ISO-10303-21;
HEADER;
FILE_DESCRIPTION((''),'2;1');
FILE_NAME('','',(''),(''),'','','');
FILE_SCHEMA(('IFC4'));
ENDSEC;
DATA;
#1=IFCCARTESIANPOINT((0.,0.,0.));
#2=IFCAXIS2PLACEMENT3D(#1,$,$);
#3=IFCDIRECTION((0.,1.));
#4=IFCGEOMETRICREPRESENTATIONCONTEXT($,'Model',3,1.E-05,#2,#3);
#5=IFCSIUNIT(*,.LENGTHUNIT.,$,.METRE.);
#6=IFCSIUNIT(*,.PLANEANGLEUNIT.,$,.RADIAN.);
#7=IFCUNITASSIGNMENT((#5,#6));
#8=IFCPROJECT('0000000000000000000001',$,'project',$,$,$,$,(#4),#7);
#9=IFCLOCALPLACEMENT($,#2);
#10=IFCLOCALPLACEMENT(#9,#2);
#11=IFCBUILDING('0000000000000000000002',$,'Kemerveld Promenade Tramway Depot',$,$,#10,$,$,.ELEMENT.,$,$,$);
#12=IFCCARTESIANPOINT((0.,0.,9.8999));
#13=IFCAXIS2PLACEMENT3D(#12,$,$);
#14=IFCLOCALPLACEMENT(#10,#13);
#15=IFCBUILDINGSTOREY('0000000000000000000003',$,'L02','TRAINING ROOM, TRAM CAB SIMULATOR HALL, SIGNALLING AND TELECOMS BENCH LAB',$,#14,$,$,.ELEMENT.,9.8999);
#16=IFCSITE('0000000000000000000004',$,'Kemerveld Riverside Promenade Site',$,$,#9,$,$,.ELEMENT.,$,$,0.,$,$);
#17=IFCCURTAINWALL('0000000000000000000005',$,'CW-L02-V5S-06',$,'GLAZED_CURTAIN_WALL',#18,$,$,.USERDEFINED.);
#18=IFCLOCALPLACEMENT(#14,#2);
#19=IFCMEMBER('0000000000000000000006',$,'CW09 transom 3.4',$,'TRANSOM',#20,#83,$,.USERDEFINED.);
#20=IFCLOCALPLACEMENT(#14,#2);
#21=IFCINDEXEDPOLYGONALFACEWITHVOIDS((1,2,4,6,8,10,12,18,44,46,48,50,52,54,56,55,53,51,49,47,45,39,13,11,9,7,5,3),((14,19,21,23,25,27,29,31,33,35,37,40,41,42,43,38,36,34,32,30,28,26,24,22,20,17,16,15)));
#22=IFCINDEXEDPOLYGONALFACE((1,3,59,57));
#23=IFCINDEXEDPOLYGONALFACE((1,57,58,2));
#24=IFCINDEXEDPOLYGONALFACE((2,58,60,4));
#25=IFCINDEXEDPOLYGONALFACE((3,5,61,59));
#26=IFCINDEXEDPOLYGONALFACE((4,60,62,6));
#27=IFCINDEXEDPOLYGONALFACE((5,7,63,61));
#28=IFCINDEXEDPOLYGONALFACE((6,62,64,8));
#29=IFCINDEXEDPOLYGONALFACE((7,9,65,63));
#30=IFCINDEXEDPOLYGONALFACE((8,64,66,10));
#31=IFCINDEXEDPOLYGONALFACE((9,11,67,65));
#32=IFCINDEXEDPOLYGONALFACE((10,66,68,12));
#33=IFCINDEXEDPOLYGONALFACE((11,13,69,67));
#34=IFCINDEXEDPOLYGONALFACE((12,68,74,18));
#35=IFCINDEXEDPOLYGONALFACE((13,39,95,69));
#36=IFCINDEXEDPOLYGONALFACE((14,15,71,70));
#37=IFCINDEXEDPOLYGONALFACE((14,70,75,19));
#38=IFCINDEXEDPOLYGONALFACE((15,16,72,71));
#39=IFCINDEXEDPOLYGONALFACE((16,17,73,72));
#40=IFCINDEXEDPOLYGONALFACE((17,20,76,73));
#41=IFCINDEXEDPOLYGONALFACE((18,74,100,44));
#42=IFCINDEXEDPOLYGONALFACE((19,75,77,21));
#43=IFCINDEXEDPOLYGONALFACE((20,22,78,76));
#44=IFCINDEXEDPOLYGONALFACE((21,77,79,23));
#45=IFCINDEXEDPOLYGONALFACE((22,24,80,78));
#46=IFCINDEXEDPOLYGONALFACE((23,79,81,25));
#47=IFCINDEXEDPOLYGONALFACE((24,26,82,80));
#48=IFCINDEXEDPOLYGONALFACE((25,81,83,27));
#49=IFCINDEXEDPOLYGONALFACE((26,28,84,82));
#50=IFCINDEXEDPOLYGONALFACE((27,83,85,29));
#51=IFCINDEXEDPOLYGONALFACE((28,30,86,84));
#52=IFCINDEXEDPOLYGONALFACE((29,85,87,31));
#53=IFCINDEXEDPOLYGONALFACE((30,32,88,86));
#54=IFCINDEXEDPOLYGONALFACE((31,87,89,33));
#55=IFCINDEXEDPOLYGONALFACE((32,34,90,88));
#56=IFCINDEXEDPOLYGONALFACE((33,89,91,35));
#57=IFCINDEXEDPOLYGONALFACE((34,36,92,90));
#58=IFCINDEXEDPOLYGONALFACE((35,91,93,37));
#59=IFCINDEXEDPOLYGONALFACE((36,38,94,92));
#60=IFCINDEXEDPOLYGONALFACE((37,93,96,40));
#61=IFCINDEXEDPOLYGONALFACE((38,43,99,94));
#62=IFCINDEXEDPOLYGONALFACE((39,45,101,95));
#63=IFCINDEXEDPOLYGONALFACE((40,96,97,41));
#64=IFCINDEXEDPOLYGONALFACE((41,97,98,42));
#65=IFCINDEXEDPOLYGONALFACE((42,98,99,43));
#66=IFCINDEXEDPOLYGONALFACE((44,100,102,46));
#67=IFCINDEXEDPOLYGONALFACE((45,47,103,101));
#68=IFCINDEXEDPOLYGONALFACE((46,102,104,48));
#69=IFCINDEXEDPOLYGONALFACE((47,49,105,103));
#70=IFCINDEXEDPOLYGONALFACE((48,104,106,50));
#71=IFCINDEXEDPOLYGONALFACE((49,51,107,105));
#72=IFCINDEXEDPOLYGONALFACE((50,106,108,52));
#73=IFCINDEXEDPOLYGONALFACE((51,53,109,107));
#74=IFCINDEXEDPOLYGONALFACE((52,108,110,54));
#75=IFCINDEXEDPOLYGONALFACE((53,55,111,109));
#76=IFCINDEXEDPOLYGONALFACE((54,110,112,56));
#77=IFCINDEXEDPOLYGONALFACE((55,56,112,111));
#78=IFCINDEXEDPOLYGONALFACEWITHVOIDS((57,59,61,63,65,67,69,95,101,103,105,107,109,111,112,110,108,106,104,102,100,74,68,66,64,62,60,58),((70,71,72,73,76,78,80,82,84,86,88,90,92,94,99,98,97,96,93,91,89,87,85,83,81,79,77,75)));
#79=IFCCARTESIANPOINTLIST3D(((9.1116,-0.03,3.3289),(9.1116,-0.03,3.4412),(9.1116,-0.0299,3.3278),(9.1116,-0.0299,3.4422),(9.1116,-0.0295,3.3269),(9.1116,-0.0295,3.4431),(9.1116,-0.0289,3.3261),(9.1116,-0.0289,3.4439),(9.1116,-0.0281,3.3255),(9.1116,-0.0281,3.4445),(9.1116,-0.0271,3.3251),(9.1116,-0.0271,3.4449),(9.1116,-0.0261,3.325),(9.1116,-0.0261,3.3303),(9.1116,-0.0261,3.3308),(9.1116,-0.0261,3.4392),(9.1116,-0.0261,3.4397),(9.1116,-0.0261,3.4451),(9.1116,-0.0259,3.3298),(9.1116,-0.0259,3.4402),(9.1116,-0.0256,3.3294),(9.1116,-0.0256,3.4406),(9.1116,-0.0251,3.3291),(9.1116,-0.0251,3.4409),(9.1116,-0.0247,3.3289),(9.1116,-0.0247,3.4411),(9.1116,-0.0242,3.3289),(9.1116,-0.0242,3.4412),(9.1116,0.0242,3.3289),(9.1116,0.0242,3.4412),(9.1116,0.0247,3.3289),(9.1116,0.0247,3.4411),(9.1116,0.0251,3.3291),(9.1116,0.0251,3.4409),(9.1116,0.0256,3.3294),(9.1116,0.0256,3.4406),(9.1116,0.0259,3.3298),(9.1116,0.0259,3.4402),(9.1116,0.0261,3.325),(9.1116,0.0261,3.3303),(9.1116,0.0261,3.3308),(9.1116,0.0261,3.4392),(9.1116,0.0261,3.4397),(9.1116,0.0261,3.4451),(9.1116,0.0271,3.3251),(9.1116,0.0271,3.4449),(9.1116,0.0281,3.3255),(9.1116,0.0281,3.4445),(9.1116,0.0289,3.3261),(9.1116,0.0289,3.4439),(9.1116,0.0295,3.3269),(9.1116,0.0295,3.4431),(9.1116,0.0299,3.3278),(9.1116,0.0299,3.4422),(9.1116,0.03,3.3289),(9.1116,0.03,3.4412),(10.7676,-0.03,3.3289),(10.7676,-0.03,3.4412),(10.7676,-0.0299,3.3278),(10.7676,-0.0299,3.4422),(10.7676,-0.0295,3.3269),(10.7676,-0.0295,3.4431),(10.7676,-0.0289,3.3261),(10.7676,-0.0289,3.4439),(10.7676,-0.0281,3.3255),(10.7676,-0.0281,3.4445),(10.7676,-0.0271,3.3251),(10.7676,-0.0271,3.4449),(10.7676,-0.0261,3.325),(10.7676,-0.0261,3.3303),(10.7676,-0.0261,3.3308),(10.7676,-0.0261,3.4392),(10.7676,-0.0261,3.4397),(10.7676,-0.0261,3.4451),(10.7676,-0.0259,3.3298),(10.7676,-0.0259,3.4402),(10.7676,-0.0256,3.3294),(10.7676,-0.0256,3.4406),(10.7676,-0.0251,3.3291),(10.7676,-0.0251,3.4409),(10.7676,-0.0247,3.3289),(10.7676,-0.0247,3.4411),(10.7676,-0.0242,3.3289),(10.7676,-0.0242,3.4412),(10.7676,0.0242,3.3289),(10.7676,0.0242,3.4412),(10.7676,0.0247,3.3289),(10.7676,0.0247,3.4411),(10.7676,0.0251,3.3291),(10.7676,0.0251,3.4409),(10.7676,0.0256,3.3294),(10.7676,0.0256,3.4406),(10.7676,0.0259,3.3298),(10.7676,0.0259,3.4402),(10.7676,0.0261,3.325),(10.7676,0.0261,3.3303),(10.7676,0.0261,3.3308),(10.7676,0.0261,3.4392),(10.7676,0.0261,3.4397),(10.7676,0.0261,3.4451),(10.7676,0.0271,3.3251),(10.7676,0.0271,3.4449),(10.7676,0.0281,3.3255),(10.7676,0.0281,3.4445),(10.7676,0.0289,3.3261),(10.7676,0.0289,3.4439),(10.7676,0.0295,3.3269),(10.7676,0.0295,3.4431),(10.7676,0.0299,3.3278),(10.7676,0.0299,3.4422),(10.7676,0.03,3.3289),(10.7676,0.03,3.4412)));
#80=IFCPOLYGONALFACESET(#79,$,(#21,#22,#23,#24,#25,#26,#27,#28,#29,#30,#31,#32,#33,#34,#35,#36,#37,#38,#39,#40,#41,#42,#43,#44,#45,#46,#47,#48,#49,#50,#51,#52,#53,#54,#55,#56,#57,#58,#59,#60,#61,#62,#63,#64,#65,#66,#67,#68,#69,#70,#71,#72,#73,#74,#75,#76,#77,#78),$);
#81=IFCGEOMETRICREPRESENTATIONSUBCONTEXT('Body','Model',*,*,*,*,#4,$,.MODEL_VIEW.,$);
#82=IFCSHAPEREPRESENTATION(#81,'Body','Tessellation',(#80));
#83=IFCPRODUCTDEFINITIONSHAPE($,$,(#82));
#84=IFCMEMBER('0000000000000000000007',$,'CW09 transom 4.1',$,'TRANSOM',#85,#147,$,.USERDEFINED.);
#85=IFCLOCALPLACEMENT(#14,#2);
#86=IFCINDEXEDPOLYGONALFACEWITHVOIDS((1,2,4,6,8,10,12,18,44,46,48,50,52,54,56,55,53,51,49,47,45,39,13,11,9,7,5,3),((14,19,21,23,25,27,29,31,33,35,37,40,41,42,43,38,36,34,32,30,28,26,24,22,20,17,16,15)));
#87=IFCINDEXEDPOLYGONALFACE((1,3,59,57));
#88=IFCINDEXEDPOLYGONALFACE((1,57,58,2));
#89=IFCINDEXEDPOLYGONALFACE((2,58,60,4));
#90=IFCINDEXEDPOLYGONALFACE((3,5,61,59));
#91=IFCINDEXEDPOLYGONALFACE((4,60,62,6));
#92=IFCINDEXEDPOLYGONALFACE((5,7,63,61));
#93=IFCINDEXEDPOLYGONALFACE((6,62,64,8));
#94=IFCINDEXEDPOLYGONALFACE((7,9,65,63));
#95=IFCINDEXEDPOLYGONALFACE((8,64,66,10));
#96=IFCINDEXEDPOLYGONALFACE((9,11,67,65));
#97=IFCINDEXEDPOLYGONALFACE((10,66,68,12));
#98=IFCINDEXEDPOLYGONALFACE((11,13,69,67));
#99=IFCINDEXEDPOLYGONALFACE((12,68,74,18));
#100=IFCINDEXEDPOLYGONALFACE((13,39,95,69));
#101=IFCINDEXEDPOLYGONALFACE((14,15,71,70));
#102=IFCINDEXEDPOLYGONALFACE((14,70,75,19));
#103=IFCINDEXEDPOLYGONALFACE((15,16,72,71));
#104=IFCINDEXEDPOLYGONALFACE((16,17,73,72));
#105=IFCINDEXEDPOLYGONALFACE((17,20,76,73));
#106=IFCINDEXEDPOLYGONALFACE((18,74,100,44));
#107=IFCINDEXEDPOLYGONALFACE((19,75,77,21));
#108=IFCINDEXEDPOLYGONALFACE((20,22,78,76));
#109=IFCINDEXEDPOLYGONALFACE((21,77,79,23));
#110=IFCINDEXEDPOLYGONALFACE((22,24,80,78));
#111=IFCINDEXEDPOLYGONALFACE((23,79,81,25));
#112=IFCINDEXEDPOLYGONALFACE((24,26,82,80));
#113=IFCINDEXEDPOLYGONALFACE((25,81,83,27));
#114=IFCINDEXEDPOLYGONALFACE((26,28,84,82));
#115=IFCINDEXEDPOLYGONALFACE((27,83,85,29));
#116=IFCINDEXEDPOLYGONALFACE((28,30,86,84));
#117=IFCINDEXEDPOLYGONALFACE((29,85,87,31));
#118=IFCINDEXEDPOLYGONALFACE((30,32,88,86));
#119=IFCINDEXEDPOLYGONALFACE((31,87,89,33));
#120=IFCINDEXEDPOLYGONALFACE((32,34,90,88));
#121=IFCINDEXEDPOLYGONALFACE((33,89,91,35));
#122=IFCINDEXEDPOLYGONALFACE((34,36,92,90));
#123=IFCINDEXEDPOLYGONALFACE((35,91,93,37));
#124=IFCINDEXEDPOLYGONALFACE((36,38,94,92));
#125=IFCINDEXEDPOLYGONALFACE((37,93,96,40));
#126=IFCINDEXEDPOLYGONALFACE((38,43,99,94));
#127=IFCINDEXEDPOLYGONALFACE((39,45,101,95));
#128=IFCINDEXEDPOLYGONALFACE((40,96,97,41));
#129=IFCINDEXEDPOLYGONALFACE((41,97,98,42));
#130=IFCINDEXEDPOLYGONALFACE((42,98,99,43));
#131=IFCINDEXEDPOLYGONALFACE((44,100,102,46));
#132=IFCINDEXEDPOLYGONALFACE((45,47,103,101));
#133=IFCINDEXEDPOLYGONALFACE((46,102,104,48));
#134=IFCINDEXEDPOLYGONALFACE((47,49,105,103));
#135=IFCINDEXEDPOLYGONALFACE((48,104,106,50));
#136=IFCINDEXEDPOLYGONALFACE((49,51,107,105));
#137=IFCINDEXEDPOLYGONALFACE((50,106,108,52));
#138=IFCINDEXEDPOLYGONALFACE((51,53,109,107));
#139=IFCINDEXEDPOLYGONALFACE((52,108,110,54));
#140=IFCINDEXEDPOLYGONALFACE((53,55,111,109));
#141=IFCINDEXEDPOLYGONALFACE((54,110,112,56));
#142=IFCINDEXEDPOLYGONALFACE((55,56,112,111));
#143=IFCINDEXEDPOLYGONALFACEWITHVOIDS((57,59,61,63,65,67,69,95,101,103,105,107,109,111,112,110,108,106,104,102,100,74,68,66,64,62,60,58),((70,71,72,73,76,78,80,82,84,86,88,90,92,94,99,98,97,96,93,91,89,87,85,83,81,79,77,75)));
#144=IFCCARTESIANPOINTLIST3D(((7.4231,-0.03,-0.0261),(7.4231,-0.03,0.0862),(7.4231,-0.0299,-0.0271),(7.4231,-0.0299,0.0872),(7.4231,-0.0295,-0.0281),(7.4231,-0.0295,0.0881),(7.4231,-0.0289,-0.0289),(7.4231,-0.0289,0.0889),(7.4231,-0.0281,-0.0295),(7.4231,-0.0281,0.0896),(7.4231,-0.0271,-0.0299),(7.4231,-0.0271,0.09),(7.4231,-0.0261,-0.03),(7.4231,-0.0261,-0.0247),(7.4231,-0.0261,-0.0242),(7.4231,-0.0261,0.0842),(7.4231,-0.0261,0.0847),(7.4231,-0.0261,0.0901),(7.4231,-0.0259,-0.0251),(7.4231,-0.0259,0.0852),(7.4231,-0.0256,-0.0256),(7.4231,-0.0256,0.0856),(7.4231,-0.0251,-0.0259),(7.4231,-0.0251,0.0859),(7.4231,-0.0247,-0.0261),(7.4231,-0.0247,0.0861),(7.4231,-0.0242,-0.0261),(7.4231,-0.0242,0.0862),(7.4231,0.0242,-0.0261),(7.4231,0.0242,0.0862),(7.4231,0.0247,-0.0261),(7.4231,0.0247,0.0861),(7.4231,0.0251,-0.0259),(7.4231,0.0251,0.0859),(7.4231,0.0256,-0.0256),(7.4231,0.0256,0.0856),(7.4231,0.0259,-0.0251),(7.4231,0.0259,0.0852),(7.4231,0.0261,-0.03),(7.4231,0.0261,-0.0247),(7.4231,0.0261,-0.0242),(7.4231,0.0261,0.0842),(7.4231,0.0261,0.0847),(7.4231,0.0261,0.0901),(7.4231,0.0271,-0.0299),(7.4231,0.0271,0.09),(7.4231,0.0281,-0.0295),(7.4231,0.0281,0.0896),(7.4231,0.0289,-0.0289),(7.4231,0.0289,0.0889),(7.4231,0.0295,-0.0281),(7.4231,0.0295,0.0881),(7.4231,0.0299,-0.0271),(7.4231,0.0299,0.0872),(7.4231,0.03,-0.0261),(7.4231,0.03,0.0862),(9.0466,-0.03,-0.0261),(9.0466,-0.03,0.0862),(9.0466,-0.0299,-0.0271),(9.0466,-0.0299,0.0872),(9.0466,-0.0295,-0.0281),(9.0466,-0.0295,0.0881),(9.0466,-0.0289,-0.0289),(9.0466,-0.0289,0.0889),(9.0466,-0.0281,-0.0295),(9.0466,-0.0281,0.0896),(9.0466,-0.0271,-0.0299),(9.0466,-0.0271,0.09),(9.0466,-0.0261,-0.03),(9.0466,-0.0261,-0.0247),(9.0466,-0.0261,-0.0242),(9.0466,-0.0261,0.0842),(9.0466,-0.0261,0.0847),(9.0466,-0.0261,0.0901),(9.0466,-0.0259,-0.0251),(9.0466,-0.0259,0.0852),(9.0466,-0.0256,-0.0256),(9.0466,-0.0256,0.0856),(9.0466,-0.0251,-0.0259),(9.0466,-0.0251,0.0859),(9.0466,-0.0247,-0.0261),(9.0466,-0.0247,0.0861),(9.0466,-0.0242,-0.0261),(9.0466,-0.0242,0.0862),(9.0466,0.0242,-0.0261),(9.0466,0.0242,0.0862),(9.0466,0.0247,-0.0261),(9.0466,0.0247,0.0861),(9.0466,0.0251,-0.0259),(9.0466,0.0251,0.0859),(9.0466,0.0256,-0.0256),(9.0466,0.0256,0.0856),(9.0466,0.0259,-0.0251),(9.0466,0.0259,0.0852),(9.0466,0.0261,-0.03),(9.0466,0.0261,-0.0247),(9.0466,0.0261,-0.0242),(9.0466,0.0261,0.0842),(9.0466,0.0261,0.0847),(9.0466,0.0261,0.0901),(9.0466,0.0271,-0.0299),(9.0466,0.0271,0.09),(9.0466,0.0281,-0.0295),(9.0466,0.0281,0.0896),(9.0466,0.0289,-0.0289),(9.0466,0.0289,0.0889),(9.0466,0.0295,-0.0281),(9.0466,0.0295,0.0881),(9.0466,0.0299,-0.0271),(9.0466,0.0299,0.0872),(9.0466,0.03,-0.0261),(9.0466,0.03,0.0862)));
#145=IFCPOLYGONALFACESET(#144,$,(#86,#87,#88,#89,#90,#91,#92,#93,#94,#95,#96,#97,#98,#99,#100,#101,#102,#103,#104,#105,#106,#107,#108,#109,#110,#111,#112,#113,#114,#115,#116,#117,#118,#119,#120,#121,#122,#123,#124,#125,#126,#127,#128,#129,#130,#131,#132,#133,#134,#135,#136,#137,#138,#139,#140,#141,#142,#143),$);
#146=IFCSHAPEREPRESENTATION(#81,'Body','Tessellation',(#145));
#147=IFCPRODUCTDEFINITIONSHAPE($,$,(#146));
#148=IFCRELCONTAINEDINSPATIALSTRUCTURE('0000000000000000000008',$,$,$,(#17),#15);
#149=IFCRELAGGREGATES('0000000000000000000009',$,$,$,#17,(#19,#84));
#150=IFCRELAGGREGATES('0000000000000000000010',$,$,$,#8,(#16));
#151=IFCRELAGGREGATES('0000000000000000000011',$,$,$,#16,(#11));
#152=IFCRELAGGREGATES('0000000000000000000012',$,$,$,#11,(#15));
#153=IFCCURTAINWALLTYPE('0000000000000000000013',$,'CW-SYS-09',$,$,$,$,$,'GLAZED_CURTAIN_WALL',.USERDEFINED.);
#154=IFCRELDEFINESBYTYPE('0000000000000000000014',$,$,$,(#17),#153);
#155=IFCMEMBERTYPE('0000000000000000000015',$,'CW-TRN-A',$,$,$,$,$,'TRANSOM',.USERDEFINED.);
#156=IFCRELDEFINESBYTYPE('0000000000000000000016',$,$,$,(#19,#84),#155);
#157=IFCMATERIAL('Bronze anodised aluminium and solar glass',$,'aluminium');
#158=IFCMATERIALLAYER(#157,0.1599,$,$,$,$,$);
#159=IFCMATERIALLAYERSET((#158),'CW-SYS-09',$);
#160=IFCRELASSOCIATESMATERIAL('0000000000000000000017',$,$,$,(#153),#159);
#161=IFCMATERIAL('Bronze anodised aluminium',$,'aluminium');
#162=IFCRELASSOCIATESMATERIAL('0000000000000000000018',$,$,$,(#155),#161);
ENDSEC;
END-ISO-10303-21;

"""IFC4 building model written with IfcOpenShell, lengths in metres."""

from ifc_helpers import new_model, si_unit, direction, frame, origin, origin_2d, place, context, subcontext, project, spatial, hollow_rectangle, extrude, material, layer, layer_set, material_profile, profile_set, type_object, element, aggregate, save


model = new_model("IFC4")

# Units and contexts
model_context = context("Model", 3, precision=1e-05, world=origin(), true_north=direction((0.0, 1.0)))
body_context = subcontext(model_context, "Body", "Model", "MODEL_VIEW")
ifc_project = project(units=[si_unit("LENGTHUNIT", "METRE"), si_unit("PLANEANGLEUNIT", "RADIAN")], contexts=[model_context])

# Site, building, storey
site_placement = place(None, origin())
site = spatial("IfcSite", under=ifc_project, at=site_placement, Name="Kemerveld Riverside Promenade Site", CompositionType="ELEMENT", RefElevation=0.0)
building_placement = place(site_placement, origin())
building = spatial("IfcBuilding", under=site, at=building_placement, Name="Kemerveld Promenade Tramway Depot", CompositionType="ELEMENT")
storey_placement = place(building_placement, frame((0.0, 0.0, 9.8999)))
storey = spatial("IfcBuildingStorey", under=building, at=storey_placement, Name="L02", Description="TRAINING ROOM, TRAM CAB SIMULATOR HALL, SIGNALLING AND TELECOMS BENCH LAB", CompositionType="ELEMENT", Elevation=9.8999)

# Curtain wall, members
ifc_material_1 = material(Name="Bronze anodised aluminium and solar glass", Category="aluminium")
ifc_layer_1 = layer(ifc_material_1, 0.1599)
ifc_layer_set_1 = layer_set([ifc_layer_1], Name="CW-SYS-09")
curtain_wall_type = type_object("IfcCurtainWallType", Name="CW-SYS-09", ElementType="GLAZED_CURTAIN_WALL", PredefinedType="USERDEFINED", material=ifc_layer_set_1)
curtain_wall_placement = place(storey_placement, origin())
curtain_wall = element("IfcCurtainWall", 1, at=curtain_wall_placement, inside=storey, type_object=curtain_wall_type, Name="CW-L02-V5S-06", ObjectType="GLAZED_CURTAIN_WALL", PredefinedType="USERDEFINED")
ifc_material_2 = material(Name="Bronze anodised aluminium", Category="aluminium")
ifc_material_profile_1 = material_profile(ifc_material_2, hollow_rectangle(XDim=0.0601, YDim=0.1201, WallThickness=0.0039, InnerFilletRadius=0.002, OuterFilletRadius=0.0039, at=origin_2d()), Name="CW-TRN-120x60")
ifc_profile_set_1 = profile_set([ifc_material_profile_1], Name="Bronze anodised aluminium")
member_type_1 = type_object("IfcMemberType", Name="CW-TRN-A", ElementType="TRANSOM", PredefinedType="USERDEFINED", material=ifc_profile_set_1)
member_1_placement = place(storey_placement, frame((10.7676, 0.0, 3.385), z_axis=(-1.0, 0.0, 0.0), x_axis=(0.0, -1.0, 0.0)))
member_1 = element("IfcMember", 2, at=member_1_placement, type_object=member_type_1, Name="CW09 transom 3.4", ObjectType="TRANSOM", PredefinedType="USERDEFINED", context=body_context, shape_type="SweptSolid", body=[
    extrude(hollow_rectangle(XDim=0.0601, YDim=0.1201, WallThickness=0.0039, InnerFilletRadius=0.002, OuterFilletRadius=0.0039, at=origin_2d()), origin(), (0.0, 0.0, 1.0), 1.656),
])
member_2_placement = place(storey_placement, frame((9.0466, 0.0, 0.03), z_axis=(-1.0, 0.0, 0.0), x_axis=(0.0, -1.0, 0.0)))
member_2 = element("IfcMember", 3, at=member_2_placement, type_object=member_type_1, Name="CW09 transom 4.1", ObjectType="TRANSOM", PredefinedType="USERDEFINED", context=body_context, shape_type="SweptSolid", body=[
    extrude(hollow_rectangle(XDim=0.0601, YDim=0.1201, WallThickness=0.0039, InnerFilletRadius=0.002, OuterFilletRadius=0.0039, at=origin_2d()), origin(), (0.0, 0.0, 1.0), 1.6235),
])
aggregate(curtain_wall, [member_1, member_2])

save(model, "model.ifc")
